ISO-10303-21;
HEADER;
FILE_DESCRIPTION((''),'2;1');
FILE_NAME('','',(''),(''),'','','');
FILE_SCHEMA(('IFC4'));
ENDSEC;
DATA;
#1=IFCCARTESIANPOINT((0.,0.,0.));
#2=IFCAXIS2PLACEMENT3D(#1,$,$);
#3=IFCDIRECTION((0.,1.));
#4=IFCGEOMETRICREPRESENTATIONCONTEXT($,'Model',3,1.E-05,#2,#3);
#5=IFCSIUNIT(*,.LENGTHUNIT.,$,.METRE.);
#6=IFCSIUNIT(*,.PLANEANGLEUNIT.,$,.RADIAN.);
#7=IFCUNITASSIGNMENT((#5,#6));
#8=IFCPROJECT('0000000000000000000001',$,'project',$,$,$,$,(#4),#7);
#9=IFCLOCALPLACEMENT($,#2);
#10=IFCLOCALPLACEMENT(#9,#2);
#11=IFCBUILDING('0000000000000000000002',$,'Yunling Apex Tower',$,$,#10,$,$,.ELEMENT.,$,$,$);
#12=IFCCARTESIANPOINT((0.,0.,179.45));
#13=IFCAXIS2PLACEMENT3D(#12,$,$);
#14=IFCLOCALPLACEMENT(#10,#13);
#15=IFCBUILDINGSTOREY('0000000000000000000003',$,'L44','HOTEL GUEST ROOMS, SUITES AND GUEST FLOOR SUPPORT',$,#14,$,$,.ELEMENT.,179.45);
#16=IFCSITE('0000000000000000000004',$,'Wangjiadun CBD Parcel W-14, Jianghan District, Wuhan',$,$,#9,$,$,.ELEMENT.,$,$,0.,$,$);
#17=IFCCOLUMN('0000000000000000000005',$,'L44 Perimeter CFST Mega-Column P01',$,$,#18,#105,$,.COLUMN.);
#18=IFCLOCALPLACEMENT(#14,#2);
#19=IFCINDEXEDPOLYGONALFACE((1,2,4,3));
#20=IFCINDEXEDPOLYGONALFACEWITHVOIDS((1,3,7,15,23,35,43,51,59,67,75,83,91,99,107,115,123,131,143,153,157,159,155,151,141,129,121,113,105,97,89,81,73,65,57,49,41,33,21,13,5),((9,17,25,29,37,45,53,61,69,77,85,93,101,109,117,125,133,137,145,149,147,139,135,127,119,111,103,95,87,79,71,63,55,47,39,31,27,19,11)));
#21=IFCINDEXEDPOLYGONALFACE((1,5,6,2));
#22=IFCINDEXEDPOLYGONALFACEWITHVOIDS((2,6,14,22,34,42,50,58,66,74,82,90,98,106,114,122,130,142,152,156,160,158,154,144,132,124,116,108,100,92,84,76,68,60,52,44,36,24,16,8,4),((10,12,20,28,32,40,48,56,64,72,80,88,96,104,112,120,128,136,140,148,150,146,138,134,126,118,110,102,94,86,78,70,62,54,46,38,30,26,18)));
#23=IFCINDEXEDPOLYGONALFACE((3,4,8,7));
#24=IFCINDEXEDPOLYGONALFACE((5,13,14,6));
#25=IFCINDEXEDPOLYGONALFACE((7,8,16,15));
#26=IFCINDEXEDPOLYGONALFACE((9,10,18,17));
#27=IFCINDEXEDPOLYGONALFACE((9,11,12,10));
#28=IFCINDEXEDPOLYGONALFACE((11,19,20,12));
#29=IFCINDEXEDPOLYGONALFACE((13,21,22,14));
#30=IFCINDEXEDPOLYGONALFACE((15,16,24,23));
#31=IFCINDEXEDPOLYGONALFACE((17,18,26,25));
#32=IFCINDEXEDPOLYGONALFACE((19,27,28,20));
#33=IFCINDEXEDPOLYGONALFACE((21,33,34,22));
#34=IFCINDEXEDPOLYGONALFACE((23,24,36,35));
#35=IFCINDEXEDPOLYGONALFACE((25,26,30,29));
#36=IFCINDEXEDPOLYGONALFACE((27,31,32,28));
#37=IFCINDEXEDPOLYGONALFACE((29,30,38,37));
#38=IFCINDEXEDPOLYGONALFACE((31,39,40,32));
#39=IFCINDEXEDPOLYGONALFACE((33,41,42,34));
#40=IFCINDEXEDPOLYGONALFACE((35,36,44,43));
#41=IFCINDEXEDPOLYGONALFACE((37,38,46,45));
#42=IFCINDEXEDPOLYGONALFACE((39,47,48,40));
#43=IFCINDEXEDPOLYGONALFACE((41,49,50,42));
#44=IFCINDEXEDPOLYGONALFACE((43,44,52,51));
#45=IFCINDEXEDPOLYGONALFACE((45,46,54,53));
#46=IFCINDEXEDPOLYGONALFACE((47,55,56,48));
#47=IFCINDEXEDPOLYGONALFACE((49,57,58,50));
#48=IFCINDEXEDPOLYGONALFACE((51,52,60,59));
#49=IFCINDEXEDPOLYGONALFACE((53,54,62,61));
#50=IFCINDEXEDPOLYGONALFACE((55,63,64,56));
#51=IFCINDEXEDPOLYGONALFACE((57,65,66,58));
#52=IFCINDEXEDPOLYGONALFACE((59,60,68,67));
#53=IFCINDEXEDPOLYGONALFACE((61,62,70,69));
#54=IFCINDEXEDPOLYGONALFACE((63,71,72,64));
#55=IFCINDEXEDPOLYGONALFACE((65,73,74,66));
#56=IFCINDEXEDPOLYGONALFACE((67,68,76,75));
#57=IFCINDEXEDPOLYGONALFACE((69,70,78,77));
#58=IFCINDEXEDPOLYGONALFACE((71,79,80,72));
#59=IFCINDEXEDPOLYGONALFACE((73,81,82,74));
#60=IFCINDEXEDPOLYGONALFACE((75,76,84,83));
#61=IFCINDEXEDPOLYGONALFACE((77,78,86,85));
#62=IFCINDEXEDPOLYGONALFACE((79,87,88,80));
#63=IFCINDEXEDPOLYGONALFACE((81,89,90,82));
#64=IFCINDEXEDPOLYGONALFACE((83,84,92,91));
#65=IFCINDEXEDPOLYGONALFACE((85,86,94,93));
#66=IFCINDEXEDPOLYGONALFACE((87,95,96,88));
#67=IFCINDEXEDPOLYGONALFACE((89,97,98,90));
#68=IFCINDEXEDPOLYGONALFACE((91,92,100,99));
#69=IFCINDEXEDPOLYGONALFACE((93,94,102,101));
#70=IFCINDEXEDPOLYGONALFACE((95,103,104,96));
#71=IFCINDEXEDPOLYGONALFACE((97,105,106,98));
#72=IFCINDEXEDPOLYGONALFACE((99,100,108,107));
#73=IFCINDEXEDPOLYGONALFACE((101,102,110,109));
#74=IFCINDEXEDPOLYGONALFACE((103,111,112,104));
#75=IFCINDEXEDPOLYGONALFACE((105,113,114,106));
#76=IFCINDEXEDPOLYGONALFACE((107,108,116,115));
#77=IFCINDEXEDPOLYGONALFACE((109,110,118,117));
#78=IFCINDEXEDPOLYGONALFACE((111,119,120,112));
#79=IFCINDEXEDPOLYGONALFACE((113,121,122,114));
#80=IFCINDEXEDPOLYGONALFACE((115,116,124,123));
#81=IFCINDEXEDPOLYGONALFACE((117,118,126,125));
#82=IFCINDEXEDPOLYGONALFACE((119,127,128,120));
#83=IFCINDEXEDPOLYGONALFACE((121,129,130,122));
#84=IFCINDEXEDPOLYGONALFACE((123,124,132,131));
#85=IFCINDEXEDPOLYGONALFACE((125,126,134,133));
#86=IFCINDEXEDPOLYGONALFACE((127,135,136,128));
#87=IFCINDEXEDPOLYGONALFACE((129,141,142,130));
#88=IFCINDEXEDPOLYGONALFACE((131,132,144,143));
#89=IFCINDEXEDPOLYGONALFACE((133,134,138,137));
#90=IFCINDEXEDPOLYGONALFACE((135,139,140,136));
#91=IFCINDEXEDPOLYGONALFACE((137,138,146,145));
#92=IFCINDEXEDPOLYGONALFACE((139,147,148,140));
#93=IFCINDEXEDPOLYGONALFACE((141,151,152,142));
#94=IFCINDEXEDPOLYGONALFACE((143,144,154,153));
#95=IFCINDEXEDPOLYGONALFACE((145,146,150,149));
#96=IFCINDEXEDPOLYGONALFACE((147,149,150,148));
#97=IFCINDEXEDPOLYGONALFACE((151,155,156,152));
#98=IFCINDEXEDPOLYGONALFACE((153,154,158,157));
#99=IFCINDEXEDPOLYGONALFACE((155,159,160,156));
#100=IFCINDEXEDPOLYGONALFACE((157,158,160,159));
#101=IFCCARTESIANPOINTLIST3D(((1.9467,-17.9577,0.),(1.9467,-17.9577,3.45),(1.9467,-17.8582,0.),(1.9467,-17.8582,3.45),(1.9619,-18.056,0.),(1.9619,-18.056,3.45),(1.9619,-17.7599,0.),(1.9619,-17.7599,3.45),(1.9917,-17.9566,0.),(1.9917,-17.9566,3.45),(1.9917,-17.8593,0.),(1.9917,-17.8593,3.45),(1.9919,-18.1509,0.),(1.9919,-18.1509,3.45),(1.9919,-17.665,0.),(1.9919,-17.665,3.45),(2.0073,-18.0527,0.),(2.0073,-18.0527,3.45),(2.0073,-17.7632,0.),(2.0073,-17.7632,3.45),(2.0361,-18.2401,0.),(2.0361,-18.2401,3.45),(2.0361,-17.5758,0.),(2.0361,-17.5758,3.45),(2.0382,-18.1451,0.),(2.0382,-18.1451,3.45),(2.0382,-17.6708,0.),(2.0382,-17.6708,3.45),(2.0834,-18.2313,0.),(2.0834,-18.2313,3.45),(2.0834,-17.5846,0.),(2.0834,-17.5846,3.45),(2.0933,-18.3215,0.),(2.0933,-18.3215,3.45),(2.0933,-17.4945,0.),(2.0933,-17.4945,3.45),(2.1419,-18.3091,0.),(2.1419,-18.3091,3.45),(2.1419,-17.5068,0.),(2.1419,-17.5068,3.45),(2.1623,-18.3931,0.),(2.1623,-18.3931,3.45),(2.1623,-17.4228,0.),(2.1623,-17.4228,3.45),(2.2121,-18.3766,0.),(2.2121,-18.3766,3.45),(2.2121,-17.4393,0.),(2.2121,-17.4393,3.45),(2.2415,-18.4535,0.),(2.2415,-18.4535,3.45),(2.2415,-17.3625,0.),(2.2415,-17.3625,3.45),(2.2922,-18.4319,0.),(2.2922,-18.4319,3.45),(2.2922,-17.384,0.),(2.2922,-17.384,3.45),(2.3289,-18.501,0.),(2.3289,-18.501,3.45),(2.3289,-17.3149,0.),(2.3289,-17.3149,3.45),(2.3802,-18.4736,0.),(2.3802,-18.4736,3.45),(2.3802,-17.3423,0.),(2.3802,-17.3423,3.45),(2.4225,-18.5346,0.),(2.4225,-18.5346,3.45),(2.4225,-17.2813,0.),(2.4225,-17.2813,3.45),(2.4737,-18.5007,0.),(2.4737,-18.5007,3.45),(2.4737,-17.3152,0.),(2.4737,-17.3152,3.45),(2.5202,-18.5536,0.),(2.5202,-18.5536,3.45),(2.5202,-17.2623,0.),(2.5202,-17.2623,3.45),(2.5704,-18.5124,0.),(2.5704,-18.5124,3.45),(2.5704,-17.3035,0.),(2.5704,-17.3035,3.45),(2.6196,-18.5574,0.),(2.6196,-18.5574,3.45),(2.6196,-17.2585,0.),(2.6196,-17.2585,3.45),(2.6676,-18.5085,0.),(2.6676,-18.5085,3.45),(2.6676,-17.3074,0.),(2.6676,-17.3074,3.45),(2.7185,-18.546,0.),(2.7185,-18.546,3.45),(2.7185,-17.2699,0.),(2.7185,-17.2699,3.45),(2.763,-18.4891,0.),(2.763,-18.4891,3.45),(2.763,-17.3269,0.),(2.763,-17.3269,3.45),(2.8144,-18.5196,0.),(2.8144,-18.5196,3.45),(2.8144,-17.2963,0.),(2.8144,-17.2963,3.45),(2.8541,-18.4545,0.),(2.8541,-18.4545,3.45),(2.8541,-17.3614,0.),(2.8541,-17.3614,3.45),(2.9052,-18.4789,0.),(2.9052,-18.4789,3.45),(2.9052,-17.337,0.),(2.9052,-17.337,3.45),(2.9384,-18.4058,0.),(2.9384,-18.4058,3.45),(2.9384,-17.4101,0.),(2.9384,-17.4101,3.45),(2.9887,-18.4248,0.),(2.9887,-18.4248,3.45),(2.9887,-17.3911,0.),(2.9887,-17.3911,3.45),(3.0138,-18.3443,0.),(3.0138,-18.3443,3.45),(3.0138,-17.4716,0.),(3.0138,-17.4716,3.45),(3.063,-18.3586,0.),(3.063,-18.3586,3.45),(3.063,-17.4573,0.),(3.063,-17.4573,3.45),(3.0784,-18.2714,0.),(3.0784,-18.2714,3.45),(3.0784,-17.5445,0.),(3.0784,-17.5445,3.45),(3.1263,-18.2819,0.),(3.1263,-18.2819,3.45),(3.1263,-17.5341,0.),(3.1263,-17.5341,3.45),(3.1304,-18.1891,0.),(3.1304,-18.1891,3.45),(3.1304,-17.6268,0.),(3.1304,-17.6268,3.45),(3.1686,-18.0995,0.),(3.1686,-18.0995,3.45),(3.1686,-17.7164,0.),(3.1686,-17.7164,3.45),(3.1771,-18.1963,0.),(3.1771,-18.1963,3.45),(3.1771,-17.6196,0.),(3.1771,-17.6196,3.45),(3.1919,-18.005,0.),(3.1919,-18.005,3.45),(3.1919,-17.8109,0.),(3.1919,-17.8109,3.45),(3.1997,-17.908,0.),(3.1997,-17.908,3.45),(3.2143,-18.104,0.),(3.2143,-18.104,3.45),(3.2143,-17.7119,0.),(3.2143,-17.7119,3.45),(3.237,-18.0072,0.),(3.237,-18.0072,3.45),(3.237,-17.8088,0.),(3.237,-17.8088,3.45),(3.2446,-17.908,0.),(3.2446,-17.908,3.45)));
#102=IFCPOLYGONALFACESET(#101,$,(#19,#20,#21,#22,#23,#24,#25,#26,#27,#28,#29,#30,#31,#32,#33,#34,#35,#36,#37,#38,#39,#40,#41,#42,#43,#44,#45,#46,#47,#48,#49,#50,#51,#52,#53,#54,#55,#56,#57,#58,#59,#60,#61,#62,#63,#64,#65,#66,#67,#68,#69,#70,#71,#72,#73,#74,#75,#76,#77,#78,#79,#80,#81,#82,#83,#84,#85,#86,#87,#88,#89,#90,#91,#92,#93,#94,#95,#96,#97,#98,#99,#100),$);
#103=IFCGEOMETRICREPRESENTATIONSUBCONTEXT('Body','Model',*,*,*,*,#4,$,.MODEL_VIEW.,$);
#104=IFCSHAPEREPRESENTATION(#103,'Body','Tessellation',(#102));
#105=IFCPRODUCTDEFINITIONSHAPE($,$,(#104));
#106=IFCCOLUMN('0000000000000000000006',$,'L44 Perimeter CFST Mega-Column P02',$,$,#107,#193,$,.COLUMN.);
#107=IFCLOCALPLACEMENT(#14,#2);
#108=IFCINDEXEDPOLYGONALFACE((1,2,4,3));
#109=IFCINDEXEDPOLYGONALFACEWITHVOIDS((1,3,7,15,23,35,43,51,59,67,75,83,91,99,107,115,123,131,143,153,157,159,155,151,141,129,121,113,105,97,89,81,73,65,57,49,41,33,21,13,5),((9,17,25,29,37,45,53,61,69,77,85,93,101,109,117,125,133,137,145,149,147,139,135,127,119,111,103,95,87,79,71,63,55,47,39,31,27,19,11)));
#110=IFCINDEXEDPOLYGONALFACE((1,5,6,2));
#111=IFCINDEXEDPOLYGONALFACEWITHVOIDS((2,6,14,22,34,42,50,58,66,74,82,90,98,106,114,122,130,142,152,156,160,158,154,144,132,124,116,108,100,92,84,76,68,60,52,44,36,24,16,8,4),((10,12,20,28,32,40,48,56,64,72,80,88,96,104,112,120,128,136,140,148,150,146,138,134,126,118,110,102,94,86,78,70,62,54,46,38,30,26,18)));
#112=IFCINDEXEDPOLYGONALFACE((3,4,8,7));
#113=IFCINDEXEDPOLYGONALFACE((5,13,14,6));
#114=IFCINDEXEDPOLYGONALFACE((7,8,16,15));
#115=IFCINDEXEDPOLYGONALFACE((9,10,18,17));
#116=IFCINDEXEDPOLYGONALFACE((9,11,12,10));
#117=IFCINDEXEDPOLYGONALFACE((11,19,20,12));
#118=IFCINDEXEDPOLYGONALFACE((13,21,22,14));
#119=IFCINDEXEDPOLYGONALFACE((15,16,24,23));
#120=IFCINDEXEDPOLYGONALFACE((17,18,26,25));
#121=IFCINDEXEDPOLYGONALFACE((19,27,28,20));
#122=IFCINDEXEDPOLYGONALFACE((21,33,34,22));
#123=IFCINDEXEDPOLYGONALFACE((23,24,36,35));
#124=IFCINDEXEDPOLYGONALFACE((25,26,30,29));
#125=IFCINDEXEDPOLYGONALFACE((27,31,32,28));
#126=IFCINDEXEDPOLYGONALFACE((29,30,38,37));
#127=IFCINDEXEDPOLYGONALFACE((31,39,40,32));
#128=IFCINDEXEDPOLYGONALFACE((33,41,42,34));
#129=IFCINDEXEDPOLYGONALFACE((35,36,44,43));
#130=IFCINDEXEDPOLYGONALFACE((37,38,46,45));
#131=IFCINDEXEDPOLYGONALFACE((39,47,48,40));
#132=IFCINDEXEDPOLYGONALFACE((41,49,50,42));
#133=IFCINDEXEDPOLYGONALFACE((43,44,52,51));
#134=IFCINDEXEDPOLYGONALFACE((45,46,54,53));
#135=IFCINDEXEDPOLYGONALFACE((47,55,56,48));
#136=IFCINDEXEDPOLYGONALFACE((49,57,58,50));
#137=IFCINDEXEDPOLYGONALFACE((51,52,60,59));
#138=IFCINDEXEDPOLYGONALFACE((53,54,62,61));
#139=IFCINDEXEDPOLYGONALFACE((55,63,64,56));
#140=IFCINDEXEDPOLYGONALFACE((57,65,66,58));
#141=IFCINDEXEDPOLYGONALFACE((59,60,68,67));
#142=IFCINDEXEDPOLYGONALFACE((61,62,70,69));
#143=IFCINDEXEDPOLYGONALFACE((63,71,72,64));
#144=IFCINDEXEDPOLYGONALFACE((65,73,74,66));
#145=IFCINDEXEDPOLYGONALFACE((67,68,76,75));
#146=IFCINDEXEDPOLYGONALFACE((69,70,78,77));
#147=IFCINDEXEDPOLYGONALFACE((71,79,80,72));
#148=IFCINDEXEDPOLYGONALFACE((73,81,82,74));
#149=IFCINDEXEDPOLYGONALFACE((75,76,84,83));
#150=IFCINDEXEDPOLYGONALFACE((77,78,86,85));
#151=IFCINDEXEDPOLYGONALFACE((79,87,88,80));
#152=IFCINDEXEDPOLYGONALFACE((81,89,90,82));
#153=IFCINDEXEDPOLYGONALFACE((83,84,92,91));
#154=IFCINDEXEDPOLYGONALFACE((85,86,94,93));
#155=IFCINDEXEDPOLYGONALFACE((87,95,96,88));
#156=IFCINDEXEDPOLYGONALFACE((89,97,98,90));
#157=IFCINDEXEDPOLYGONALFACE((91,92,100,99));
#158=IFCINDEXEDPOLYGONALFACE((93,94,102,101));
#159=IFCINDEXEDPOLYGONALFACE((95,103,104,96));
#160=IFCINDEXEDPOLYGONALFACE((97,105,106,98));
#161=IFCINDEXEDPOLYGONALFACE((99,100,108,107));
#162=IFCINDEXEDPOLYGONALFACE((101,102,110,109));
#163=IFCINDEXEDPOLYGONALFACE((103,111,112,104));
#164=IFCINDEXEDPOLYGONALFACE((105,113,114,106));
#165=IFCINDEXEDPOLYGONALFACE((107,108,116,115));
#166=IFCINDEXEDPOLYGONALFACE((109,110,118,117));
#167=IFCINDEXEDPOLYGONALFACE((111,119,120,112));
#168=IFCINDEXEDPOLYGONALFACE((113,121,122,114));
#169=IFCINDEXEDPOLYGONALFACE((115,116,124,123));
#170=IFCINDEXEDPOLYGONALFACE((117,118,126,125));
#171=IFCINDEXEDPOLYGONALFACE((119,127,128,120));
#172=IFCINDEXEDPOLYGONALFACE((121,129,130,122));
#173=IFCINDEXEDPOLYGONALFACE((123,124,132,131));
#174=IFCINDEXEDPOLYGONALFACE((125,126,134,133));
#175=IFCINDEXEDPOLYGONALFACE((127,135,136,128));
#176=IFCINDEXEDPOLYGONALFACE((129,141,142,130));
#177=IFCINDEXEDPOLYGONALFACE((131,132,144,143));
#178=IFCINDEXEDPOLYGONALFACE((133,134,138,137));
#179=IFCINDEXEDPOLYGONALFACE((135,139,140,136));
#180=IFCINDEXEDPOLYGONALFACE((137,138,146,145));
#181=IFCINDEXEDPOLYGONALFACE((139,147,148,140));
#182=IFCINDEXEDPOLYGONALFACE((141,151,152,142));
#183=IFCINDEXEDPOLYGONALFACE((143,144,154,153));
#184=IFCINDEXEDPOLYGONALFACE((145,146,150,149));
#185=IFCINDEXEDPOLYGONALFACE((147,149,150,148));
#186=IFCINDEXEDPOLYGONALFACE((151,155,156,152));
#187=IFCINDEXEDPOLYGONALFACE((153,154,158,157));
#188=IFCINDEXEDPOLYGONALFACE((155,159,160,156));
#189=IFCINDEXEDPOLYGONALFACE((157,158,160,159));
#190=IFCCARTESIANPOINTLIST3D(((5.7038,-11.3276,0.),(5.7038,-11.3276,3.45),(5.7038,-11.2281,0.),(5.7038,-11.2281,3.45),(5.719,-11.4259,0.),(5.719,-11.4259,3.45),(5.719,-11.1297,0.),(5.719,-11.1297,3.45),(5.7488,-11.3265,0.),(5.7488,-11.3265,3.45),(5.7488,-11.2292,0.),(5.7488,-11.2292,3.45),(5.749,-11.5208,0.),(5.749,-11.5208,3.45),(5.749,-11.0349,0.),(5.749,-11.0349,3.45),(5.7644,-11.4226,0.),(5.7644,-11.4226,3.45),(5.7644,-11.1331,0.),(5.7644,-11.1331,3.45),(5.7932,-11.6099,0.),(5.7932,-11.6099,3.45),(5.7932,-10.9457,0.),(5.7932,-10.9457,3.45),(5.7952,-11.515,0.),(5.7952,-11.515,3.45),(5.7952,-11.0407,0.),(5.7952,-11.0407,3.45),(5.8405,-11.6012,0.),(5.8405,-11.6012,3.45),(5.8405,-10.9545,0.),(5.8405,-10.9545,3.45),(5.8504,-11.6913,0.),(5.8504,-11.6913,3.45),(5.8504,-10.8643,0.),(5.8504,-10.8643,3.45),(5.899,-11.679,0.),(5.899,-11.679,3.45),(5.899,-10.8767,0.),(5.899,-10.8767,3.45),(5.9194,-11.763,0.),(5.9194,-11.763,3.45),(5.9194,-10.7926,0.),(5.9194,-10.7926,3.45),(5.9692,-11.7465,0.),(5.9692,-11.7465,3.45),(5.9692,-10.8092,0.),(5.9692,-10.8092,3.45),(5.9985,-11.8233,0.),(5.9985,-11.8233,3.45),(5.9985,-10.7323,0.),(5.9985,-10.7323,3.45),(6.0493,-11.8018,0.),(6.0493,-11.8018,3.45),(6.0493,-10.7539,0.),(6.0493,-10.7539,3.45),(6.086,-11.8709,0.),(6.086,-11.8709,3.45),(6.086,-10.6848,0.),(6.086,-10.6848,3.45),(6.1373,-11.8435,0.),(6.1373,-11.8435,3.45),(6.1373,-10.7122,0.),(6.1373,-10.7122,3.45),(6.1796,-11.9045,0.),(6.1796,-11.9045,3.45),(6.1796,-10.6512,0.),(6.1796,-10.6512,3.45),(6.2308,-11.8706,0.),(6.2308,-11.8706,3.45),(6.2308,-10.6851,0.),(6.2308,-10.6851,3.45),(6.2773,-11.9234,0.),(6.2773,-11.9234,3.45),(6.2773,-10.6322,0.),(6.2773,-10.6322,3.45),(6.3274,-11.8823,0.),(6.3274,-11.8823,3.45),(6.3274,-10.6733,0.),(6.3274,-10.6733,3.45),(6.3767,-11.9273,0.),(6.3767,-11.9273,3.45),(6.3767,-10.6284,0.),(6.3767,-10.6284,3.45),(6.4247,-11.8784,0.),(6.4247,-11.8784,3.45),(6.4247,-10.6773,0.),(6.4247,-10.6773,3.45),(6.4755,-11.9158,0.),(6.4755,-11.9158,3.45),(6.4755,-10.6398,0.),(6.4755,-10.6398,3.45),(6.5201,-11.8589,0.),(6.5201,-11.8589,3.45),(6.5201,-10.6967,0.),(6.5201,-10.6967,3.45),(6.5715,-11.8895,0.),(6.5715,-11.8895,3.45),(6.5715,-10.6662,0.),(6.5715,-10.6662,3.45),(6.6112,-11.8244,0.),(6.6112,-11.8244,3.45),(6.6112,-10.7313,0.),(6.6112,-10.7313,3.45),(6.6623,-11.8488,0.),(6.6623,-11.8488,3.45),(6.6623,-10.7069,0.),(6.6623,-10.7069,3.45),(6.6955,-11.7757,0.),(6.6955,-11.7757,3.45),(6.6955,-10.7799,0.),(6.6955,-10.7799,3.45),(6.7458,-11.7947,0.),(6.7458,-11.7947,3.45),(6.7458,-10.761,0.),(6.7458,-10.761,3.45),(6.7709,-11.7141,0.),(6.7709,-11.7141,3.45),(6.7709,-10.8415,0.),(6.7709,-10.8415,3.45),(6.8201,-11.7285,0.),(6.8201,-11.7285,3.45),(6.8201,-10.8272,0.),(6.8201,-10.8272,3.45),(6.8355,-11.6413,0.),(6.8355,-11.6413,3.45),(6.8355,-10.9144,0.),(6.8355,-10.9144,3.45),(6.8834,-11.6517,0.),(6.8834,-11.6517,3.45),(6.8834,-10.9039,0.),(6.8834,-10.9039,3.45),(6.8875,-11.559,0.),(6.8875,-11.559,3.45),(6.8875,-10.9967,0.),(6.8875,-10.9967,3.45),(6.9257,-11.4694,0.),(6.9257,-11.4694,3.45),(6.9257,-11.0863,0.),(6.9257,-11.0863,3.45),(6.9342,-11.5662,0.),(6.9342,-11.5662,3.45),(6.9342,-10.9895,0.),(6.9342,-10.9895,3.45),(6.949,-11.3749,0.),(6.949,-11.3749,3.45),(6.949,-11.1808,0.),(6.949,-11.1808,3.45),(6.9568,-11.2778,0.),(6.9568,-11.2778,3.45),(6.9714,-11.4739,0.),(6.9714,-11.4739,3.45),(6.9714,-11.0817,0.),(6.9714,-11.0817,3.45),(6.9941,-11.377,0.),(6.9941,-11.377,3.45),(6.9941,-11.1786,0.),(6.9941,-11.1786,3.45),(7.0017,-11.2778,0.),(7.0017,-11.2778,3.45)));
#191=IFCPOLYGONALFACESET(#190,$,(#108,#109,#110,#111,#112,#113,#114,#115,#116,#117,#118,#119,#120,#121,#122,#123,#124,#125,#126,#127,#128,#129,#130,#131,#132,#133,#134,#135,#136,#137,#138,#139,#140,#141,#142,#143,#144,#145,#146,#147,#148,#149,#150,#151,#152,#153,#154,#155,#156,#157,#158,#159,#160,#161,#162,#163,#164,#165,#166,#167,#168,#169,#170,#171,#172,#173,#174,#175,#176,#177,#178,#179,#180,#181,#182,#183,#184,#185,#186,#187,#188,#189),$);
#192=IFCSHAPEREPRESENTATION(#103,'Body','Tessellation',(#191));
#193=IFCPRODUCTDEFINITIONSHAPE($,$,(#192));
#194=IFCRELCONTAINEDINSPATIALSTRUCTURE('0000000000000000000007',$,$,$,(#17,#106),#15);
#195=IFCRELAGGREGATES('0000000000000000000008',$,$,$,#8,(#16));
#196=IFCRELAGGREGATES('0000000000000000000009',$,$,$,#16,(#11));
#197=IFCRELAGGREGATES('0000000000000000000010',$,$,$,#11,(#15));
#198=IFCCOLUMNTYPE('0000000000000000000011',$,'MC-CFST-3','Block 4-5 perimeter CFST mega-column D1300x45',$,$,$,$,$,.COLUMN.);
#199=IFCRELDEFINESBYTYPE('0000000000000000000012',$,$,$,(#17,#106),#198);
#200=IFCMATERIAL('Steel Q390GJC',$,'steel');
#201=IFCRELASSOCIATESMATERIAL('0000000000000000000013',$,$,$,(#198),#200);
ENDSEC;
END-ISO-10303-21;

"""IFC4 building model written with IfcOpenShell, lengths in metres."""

from ifc_helpers import new_model, si_unit, direction, frame, origin, origin_2d, place, context, subcontext, project, spatial, hollow_circle, extrude, source, transform, mapped, material, material_profile, profile_set, type_object, element, save


model = new_model("IFC4")

# Units and contexts
model_context = context("Model", 3, precision=1e-05, world=origin(), true_north=direction((0.0, 1.0)))
body_context = subcontext(model_context, "Body", "Model", "MODEL_VIEW")
ifc_project = project(units=[si_unit("LENGTHUNIT", "METRE"), si_unit("PLANEANGLEUNIT", "RADIAN")], contexts=[model_context])

# Site, building, storey
site_placement = place(None, origin())
site = spatial("IfcSite", under=ifc_project, at=site_placement, Name="Wangjiadun CBD Parcel W-14, Jianghan District, Wuhan", CompositionType="ELEMENT", RefElevation=0.0)
building_placement = place(site_placement, origin())
building = spatial("IfcBuilding", under=site, at=building_placement, Name="Yunling Apex Tower", CompositionType="ELEMENT")
storey_placement = place(building_placement, frame((0.0, 0.0, 179.45)))
storey = spatial("IfcBuildingStorey", under=building, at=storey_placement, Name="L44", Description="HOTEL GUEST ROOMS, SUITES AND GUEST FLOOR SUPPORT", CompositionType="ELEMENT", Elevation=179.45)

# Columns
ifc_material_1 = material(Name="Steel Q390GJC", Category="steel")
ifc_material_profile_1 = material_profile(ifc_material_1, hollow_circle(Radius=0.6499, WallThickness=0.0449, at=origin_2d()))
ifc_profile_set_1 = profile_set([ifc_material_profile_1], Name="Steel Q390GJC")
column_type = type_object("IfcColumnType", Name="MC-CFST-3", Description="Block 4-5 perimeter CFST mega-column D1300x45", PredefinedType="COLUMN", material=ifc_profile_set_1)
shared_shape_1 = source(origin(), body_context, "Body", "SweptSolid", [
    extrude(hollow_circle(Radius=0.6499, WallThickness=0.0449, at=origin_2d()), origin(), (0.0, 0.0, 1.0), 3.45),
])
for number, where, z_axis, x_axis, name in (
    (1, (2.5947, -17.908, 0.0), (0.0, 0.0, 1.0), (1.0, 0.0, 0.0), "L44 Perimeter CFST Mega-Column P01"),
    (2, (6.3518, -11.2778, 0.0), (0.0, 0.0, 1.0), (1.0, 0.0, 0.0), "L44 Perimeter CFST Mega-Column P02"),
):
    element("IfcColumn", number, at=place(storey_placement, frame(where, z_axis=z_axis, x_axis=x_axis)), inside=storey, type_object=column_type, Name=name, PredefinedType="COLUMN", context=body_context, shape_type="MappedRepresentation", body=[
        mapped(shared_shape_1, transform((0.0, 0.0, 0.0), scale=1.0)),
    ])

save(model, "model.ifc")
